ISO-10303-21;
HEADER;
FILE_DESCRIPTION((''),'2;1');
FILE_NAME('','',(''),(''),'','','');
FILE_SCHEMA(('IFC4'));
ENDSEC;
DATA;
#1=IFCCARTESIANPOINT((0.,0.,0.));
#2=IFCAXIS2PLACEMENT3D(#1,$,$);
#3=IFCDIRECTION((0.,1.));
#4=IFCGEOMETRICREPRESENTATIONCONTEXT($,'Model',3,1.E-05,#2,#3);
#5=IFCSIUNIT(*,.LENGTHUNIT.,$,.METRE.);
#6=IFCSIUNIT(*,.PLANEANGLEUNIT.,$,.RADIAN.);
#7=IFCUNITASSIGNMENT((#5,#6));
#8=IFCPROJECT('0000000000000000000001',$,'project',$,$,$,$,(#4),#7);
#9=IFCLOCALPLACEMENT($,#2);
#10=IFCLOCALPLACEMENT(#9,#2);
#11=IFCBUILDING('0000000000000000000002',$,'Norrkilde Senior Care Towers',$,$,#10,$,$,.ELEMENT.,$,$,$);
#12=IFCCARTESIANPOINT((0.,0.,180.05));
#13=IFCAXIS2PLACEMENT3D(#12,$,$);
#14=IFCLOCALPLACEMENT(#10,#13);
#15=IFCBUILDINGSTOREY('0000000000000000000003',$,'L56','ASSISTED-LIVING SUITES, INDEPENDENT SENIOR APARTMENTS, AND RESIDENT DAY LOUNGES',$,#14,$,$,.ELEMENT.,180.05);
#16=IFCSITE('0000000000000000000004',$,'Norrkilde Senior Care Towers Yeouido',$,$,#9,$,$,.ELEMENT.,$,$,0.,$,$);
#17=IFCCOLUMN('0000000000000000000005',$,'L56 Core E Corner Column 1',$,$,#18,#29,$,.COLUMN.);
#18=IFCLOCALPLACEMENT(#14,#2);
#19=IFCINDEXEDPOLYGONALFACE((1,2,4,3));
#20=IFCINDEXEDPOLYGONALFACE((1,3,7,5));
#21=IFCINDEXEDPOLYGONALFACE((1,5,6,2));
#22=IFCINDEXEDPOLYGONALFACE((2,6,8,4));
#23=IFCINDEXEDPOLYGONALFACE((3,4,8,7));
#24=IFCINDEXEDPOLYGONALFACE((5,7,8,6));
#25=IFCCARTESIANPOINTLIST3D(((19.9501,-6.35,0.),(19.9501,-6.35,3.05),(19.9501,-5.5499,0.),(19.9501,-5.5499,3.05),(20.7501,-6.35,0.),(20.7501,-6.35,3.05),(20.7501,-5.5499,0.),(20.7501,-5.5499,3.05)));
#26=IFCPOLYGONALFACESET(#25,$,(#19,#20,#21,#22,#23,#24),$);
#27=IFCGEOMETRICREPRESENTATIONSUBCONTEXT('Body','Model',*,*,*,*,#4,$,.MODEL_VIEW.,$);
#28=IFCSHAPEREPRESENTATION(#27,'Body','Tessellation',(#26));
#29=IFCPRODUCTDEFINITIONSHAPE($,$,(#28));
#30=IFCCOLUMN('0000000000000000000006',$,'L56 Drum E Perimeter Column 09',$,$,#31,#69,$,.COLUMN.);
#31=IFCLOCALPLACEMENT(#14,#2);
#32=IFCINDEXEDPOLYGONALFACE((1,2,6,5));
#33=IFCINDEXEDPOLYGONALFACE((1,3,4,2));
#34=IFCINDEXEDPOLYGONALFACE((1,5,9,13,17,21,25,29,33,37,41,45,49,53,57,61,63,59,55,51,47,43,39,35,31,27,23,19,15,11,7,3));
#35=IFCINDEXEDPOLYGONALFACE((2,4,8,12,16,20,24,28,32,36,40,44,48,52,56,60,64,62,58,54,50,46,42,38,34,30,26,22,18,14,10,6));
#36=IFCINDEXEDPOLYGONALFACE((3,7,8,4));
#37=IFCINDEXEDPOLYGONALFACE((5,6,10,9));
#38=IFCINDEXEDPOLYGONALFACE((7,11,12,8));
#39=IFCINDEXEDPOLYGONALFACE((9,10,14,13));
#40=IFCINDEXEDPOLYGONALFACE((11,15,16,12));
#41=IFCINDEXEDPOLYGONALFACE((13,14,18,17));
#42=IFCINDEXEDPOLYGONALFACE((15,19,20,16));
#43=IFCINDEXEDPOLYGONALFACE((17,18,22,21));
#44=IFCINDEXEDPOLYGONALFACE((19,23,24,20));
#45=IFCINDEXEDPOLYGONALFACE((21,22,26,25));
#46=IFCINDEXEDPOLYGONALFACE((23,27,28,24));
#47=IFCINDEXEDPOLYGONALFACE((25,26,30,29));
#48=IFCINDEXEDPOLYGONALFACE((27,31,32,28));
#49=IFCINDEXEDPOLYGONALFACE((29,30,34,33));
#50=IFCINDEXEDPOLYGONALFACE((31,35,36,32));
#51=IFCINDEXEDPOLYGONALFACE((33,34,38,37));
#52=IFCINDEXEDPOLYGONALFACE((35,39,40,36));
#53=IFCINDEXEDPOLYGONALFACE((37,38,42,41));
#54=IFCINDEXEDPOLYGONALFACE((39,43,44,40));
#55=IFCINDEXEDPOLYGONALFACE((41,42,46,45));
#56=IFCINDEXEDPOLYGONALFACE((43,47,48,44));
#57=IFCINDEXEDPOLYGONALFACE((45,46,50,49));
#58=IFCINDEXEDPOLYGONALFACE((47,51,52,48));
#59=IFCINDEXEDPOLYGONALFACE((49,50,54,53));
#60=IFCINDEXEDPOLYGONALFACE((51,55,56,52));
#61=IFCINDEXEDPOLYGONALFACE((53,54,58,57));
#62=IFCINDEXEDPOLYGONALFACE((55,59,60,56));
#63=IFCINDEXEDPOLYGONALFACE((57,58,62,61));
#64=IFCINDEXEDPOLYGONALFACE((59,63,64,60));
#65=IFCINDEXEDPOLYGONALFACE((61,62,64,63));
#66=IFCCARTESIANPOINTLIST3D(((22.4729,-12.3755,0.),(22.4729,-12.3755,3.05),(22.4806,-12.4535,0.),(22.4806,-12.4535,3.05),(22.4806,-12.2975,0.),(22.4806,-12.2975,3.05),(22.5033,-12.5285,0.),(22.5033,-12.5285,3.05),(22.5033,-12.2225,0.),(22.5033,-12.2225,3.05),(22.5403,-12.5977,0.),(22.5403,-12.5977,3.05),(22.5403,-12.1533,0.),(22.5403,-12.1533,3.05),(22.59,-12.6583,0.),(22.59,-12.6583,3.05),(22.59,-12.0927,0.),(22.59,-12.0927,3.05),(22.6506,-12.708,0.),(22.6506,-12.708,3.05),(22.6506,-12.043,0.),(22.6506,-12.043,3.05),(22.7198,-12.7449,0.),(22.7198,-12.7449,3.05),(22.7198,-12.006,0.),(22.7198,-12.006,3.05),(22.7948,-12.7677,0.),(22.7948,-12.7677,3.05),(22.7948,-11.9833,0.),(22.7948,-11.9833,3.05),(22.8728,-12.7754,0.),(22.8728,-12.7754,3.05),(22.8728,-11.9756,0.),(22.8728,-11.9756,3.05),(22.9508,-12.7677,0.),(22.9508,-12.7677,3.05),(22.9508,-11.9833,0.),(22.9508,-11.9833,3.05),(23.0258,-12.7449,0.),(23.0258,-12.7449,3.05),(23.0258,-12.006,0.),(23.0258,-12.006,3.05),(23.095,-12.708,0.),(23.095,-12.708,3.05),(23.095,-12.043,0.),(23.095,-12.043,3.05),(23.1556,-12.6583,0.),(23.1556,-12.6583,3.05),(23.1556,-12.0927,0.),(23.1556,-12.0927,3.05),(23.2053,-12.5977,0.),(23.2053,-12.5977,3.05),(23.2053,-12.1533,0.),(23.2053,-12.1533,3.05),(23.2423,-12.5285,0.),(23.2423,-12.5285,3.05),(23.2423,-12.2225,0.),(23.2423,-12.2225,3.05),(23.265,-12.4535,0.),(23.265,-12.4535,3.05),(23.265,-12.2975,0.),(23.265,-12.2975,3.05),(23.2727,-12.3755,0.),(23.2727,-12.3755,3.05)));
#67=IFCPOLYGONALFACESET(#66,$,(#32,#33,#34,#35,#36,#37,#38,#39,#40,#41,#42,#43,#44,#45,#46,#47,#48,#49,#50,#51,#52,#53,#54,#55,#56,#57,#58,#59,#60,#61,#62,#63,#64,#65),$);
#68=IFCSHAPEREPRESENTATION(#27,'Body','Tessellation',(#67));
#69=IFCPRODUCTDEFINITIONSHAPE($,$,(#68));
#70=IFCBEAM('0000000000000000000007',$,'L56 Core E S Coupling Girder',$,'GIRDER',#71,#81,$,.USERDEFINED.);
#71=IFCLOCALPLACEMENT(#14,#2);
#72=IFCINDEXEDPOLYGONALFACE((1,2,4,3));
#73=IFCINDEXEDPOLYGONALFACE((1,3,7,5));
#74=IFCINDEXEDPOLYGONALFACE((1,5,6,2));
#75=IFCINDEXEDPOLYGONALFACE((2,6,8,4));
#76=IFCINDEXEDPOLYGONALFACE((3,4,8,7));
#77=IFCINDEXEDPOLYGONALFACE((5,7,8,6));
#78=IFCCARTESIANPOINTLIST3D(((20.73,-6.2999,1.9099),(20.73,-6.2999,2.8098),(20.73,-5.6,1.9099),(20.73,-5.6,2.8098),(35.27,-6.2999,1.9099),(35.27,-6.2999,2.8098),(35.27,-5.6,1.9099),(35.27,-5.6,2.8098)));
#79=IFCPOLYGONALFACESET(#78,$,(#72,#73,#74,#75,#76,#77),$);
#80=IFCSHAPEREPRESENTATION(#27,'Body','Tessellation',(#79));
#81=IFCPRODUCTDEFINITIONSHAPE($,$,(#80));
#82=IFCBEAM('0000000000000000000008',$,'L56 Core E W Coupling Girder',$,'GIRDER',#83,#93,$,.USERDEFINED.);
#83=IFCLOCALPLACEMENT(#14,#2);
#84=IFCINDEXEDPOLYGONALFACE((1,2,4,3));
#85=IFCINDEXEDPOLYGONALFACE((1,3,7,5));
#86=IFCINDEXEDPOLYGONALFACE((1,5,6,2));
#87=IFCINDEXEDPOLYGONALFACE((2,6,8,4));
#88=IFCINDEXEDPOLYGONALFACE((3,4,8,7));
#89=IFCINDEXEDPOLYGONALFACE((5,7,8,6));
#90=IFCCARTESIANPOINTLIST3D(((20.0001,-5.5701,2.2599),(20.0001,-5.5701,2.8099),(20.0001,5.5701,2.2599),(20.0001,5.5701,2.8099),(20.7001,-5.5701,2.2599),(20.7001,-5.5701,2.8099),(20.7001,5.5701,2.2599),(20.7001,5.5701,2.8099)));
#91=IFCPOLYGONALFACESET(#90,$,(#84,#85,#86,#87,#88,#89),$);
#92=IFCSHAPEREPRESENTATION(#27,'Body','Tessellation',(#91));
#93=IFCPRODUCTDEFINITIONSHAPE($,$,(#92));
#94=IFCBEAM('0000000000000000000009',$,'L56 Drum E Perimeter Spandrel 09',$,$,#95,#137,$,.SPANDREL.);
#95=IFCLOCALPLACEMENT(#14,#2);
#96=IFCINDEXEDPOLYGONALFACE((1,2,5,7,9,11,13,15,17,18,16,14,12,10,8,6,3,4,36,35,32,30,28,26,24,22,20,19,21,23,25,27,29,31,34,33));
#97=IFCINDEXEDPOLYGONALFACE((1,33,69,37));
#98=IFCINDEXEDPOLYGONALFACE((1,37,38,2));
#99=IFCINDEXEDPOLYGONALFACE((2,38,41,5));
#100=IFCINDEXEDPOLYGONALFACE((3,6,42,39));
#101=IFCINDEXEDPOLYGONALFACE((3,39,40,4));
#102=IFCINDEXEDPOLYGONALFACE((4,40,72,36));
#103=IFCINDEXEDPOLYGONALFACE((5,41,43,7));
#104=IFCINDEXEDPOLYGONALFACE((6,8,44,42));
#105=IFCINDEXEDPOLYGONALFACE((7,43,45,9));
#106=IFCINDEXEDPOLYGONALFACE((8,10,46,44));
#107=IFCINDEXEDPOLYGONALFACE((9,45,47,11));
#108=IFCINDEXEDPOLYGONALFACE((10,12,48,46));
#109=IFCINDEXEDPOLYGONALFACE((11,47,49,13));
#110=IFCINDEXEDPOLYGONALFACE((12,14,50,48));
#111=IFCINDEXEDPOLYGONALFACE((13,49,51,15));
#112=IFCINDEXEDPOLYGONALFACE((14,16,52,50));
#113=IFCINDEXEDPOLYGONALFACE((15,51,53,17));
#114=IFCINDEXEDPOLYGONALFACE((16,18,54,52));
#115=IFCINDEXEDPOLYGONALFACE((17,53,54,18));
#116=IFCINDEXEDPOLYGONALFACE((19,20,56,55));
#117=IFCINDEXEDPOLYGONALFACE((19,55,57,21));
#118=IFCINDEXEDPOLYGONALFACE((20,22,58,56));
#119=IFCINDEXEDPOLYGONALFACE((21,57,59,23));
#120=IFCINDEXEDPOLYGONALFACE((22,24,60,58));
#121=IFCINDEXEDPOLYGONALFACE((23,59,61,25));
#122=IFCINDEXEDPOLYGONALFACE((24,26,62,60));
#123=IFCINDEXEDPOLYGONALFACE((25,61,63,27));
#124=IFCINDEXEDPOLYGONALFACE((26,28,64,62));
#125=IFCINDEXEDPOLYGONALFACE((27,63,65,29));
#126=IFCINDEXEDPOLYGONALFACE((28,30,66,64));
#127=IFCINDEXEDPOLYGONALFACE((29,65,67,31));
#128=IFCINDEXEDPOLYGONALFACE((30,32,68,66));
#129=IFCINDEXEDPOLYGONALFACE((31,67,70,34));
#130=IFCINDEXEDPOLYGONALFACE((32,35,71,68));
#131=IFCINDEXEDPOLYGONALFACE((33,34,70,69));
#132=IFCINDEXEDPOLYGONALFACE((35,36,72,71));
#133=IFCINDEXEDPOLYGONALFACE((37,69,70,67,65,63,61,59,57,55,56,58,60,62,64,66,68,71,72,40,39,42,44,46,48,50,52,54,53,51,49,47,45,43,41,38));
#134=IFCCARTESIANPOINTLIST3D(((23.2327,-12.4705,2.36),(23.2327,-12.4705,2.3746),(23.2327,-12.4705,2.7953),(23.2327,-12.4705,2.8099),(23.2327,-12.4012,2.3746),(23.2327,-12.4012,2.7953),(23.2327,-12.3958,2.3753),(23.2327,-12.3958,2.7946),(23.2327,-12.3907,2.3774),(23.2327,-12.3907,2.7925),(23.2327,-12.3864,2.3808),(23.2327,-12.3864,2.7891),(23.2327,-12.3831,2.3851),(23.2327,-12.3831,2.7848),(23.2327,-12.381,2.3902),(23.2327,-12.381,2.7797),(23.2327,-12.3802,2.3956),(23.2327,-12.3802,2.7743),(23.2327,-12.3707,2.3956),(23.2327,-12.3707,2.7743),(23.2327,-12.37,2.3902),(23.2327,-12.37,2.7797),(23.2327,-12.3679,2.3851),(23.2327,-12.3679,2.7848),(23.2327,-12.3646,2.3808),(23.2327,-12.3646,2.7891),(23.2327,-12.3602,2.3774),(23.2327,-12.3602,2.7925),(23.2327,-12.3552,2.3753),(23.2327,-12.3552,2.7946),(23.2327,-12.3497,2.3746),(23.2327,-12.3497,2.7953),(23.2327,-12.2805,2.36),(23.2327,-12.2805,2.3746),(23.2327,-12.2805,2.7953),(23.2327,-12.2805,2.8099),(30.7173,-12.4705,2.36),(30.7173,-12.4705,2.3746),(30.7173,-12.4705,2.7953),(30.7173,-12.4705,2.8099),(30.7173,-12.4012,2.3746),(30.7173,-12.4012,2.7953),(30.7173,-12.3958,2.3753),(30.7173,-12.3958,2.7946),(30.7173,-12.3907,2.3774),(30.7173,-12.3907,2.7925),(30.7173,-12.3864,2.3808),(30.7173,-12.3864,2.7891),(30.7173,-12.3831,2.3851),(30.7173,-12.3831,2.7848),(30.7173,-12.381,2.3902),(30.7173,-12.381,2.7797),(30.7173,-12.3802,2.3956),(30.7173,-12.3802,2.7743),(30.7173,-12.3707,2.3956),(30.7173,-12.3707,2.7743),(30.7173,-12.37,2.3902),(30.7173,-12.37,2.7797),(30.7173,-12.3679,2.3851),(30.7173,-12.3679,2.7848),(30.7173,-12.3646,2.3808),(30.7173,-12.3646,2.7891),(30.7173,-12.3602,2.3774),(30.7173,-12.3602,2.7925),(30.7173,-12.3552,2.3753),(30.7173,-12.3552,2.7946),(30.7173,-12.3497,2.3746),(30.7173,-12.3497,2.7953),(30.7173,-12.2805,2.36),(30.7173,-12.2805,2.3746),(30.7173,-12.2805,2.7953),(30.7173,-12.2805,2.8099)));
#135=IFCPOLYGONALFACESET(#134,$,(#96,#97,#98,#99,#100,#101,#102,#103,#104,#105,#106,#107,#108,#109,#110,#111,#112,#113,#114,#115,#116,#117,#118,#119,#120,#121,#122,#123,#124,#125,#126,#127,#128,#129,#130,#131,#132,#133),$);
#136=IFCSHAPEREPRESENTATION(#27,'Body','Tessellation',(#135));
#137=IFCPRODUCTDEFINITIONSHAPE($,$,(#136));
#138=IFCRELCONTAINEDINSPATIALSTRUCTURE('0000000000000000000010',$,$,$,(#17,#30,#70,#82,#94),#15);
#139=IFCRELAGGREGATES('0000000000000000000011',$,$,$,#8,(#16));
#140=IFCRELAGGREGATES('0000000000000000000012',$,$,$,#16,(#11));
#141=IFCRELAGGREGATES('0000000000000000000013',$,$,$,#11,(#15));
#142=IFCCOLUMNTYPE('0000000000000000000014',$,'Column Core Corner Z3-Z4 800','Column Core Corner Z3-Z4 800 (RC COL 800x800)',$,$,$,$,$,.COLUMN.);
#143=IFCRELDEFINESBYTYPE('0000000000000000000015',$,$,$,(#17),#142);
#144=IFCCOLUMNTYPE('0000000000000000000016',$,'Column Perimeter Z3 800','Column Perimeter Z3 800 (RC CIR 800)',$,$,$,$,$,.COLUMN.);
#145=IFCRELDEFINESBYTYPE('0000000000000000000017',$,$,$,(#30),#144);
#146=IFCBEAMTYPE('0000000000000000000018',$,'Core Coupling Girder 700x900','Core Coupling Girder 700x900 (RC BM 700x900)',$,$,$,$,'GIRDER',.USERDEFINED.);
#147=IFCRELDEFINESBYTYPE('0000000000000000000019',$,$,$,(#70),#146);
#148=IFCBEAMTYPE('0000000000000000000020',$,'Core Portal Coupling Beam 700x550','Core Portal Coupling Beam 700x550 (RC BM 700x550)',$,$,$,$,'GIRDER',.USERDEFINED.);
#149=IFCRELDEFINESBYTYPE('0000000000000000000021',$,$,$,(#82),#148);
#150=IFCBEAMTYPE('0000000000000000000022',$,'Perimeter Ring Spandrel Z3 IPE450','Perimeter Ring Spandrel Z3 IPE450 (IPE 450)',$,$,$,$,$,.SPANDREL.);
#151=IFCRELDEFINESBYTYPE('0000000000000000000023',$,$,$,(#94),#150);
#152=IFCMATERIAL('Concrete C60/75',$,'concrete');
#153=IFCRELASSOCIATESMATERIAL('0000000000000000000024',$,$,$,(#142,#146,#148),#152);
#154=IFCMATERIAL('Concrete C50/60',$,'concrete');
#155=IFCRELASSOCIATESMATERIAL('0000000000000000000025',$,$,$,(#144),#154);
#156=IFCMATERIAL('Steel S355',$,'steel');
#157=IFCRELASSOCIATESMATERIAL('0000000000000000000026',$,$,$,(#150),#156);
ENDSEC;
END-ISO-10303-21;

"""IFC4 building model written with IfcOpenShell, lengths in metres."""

from ifc_helpers import new_model, si_unit, direction, frame, origin, origin_2d, place, context, subcontext, project, spatial, rectangle, circle, i_section, extrude, source, transform, mapped, material, material_profile, profile_set, type_object, type_shapes, element, save


model = new_model("IFC4")

# Units and contexts
model_context = context("Model", 3, precision=1e-05, world=origin(), true_north=direction((0.0, 1.0)))
body_context = subcontext(model_context, "Body", "Model", "MODEL_VIEW")
ifc_project = project(units=[si_unit("LENGTHUNIT", "METRE"), si_unit("PLANEANGLEUNIT", "RADIAN")], contexts=[model_context])

# Site, building, storey
site_placement = place(None, origin())
site = spatial("IfcSite", under=ifc_project, at=site_placement, Name="Norrkilde Senior Care Towers Yeouido", CompositionType="ELEMENT", RefElevation=0.0)
building_placement = place(site_placement, origin())
building = spatial("IfcBuilding", under=site, at=building_placement, Name="Norrkilde Senior Care Towers", CompositionType="ELEMENT")
storey_placement = place(building_placement, frame((0.0, 0.0, 180.05)))
storey = spatial("IfcBuildingStorey", under=building, at=storey_placement, Name="L56", Description="ASSISTED-LIVING SUITES, INDEPENDENT SENIOR APARTMENTS, AND RESIDENT DAY LOUNGES", CompositionType="ELEMENT", Elevation=180.05)

# Columns
ifc_material_1 = material(Name="Concrete C60/75", Category="concrete")
ifc_material_profile_1 = material_profile(ifc_material_1, rectangle(XDim=0.8, YDim=0.8, at=origin_2d()), Name="RC COL 800x800")
ifc_profile_set_1 = profile_set([ifc_material_profile_1], Name="Concrete C60/75")
column_type_1 = type_object("IfcColumnType", Name="Column Core Corner Z3-Z4 800", Description="Column Core Corner Z3-Z4 800 (RC COL 800x800)", PredefinedType="COLUMN", material=ifc_profile_set_1)
shared_shape_1 = source(origin(), body_context, "Body", "SweptSolid", [
    extrude(rectangle(XDim=0.8, YDim=0.8, at=origin_2d()), origin(), (0.0, 0.0, 1.0), 3.05),
])
type_shapes(column_type_1, [shared_shape_1])
column_1_placement = place(storey_placement, frame((20.3501, -5.95, 0.0), z_axis=(0.0, 0.0, 1.0), x_axis=(1.0, 0.0, 0.0)))
element("IfcColumn", 1, at=column_1_placement, inside=storey, type_object=column_type_1, Name="L56 Core E Corner Column 1", PredefinedType="COLUMN", context=body_context, shape_type="MappedRepresentation", body=[
    mapped(shared_shape_1, transform((0.0, 0.0, 0.0), x_axis=(1.0, 0.0, 0.0), y_axis=(0.0, 1.0, 0.0), z_axis=(0.0, 0.0, 1.0), scale=1.0)),
])
ifc_material_2 = material(Name="Concrete C50/60", Category="concrete")
ifc_material_profile_2 = material_profile(ifc_material_2, circle(Radius=0.3999, at=origin_2d()), Name="RC CIR 800")
ifc_profile_set_2 = profile_set([ifc_material_profile_2], Name="Concrete C50/60")
column_type_2 = type_object("IfcColumnType", Name="Column Perimeter Z3 800", Description="Column Perimeter Z3 800 (RC CIR 800)", PredefinedType="COLUMN", material=ifc_profile_set_2)
shared_shape_2 = source(origin(), body_context, "Body", "SweptSolid", [
    extrude(circle(Radius=0.3999, at=origin_2d()), origin(), (0.0, 0.0, 1.0), 3.05),
])
type_shapes(column_type_2, [shared_shape_2])
column_2_placement = place(storey_placement, frame((22.8728, -12.3755, 0.0), z_axis=(0.0, 0.0, 1.0), x_axis=(1.0, 0.0, 0.0)))
element("IfcColumn", 2, at=column_2_placement, inside=storey, type_object=column_type_2, Name="L56 Drum E Perimeter Column 09", PredefinedType="COLUMN", context=body_context, shape_type="MappedRepresentation", body=[
    mapped(shared_shape_2, transform((0.0, 0.0, 0.0), x_axis=(1.0, 0.0, 0.0), y_axis=(0.0, 1.0, 0.0), z_axis=(0.0, 0.0, 1.0), scale=1.0)),
])

# Beams
ifc_material_profile_3 = material_profile(ifc_material_1, rectangle(XDim=0.7, YDim=0.8999, at=origin_2d()), Name="RC BM 700x900")
ifc_profile_set_3 = profile_set([ifc_material_profile_3], Name="Concrete C60/75")
beam_type_1 = type_object("IfcBeamType", Name="Core Coupling Girder 700x900", Description="Core Coupling Girder 700x900 (RC BM 700x900)", ElementType="GIRDER", PredefinedType="USERDEFINED", material=ifc_profile_set_3)
shared_shape_3 = source(origin(), body_context, "Body", "SweptSolid", [
    extrude(rectangle(XDim=0.7, YDim=0.8999, at=origin_2d()), origin(), (0.0, 0.0, 1.0), 14.54),
])
type_shapes(beam_type_1, [shared_shape_3])
beam_1_placement = place(storey_placement, frame((20.73, -5.95, 2.3599), z_axis=(1.0, 0.0, 0.0), x_axis=(0.0, 1.0, 0.0)))
element("IfcBeam", 3, at=beam_1_placement, inside=storey, type_object=beam_type_1, Name="L56 Core E S Coupling Girder", ObjectType="GIRDER", PredefinedType="USERDEFINED", context=body_context, shape_type="MappedRepresentation", body=[
    mapped(shared_shape_3, transform((0.0, 0.0, 0.0), x_axis=(1.0, 0.0, 0.0), y_axis=(0.0, 1.0, 0.0), z_axis=(0.0, 0.0, 1.0), scale=1.0)),
])
ifc_material_profile_4 = material_profile(ifc_material_1, rectangle(XDim=0.7, YDim=0.55, at=origin_2d()), Name="RC BM 700x550")
ifc_profile_set_4 = profile_set([ifc_material_profile_4], Name="Concrete C60/75")
beam_type_2 = type_object("IfcBeamType", Name="Core Portal Coupling Beam 700x550", Description="Core Portal Coupling Beam 700x550 (RC BM 700x550)", ElementType="GIRDER", PredefinedType="USERDEFINED", material=ifc_profile_set_4)
shared_shape_4 = source(origin(), body_context, "Body", "SweptSolid", [
    extrude(rectangle(XDim=0.7, YDim=0.55, at=origin_2d()), origin(), (0.0, 0.0, 1.0), 11.1401),
])
type_shapes(beam_type_2, [shared_shape_4])
beam_2_placement = place(storey_placement, frame((20.3501, -5.5701, 2.5349), z_axis=(0.0, 1.0, 0.0), x_axis=(-1.0, 0.0, 0.0)))
element("IfcBeam", 4, at=beam_2_placement, inside=storey, type_object=beam_type_2, Name="L56 Core E W Coupling Girder", ObjectType="GIRDER", PredefinedType="USERDEFINED", context=body_context, shape_type="MappedRepresentation", body=[
    mapped(shared_shape_4, transform((0.0, 0.0, 0.0), x_axis=(1.0, 0.0, 0.0), y_axis=(0.0, 1.0, 0.0), z_axis=(0.0, 0.0, 1.0), scale=1.0)),
])
ifc_material_3 = material(Name="Steel S355", Category="steel")
ifc_material_profile_5 = material_profile(ifc_material_3, i_section(OverallWidth=0.1899, OverallDepth=0.45, WebThickness=0.0095, FlangeThickness=0.0146, FilletRadius=0.021, at=origin_2d()), Name="IPE 450")
ifc_profile_set_5 = profile_set([ifc_material_profile_5], Name="Steel S355")
beam_type_3 = type_object("IfcBeamType", Name="Perimeter Ring Spandrel Z3 IPE450", Description="Perimeter Ring Spandrel Z3 IPE450 (IPE 450)", PredefinedType="SPANDREL", material=ifc_profile_set_5)
shared_shape_5 = source(origin(), body_context, "Body", "SweptSolid", [
    extrude(i_section(OverallWidth=0.1899, OverallDepth=0.45, WebThickness=0.0095, FlangeThickness=0.0146, FilletRadius=0.021, at=origin_2d()), origin(), (0.0, 0.0, 1.0), 7.4846),
])
type_shapes(beam_type_3, [shared_shape_5])
beam_3_placement = place(storey_placement, frame((23.2327, -12.3755, 2.585), z_axis=(1.0, 0.0, 0.0), x_axis=(0.0, 1.0, 0.0)))
element("IfcBeam", 5, at=beam_3_placement, inside=storey, type_object=beam_type_3, Name="L56 Drum E Perimeter Spandrel 09", PredefinedType="SPANDREL", context=body_context, shape_type="MappedRepresentation", body=[
    mapped(shared_shape_5, transform((0.0, 0.0, 0.0), x_axis=(1.0, 0.0, 0.0), y_axis=(0.0, 1.0, 0.0), z_axis=(0.0, 0.0, 1.0), scale=1.0)),
])

save(model, "model.ifc")
